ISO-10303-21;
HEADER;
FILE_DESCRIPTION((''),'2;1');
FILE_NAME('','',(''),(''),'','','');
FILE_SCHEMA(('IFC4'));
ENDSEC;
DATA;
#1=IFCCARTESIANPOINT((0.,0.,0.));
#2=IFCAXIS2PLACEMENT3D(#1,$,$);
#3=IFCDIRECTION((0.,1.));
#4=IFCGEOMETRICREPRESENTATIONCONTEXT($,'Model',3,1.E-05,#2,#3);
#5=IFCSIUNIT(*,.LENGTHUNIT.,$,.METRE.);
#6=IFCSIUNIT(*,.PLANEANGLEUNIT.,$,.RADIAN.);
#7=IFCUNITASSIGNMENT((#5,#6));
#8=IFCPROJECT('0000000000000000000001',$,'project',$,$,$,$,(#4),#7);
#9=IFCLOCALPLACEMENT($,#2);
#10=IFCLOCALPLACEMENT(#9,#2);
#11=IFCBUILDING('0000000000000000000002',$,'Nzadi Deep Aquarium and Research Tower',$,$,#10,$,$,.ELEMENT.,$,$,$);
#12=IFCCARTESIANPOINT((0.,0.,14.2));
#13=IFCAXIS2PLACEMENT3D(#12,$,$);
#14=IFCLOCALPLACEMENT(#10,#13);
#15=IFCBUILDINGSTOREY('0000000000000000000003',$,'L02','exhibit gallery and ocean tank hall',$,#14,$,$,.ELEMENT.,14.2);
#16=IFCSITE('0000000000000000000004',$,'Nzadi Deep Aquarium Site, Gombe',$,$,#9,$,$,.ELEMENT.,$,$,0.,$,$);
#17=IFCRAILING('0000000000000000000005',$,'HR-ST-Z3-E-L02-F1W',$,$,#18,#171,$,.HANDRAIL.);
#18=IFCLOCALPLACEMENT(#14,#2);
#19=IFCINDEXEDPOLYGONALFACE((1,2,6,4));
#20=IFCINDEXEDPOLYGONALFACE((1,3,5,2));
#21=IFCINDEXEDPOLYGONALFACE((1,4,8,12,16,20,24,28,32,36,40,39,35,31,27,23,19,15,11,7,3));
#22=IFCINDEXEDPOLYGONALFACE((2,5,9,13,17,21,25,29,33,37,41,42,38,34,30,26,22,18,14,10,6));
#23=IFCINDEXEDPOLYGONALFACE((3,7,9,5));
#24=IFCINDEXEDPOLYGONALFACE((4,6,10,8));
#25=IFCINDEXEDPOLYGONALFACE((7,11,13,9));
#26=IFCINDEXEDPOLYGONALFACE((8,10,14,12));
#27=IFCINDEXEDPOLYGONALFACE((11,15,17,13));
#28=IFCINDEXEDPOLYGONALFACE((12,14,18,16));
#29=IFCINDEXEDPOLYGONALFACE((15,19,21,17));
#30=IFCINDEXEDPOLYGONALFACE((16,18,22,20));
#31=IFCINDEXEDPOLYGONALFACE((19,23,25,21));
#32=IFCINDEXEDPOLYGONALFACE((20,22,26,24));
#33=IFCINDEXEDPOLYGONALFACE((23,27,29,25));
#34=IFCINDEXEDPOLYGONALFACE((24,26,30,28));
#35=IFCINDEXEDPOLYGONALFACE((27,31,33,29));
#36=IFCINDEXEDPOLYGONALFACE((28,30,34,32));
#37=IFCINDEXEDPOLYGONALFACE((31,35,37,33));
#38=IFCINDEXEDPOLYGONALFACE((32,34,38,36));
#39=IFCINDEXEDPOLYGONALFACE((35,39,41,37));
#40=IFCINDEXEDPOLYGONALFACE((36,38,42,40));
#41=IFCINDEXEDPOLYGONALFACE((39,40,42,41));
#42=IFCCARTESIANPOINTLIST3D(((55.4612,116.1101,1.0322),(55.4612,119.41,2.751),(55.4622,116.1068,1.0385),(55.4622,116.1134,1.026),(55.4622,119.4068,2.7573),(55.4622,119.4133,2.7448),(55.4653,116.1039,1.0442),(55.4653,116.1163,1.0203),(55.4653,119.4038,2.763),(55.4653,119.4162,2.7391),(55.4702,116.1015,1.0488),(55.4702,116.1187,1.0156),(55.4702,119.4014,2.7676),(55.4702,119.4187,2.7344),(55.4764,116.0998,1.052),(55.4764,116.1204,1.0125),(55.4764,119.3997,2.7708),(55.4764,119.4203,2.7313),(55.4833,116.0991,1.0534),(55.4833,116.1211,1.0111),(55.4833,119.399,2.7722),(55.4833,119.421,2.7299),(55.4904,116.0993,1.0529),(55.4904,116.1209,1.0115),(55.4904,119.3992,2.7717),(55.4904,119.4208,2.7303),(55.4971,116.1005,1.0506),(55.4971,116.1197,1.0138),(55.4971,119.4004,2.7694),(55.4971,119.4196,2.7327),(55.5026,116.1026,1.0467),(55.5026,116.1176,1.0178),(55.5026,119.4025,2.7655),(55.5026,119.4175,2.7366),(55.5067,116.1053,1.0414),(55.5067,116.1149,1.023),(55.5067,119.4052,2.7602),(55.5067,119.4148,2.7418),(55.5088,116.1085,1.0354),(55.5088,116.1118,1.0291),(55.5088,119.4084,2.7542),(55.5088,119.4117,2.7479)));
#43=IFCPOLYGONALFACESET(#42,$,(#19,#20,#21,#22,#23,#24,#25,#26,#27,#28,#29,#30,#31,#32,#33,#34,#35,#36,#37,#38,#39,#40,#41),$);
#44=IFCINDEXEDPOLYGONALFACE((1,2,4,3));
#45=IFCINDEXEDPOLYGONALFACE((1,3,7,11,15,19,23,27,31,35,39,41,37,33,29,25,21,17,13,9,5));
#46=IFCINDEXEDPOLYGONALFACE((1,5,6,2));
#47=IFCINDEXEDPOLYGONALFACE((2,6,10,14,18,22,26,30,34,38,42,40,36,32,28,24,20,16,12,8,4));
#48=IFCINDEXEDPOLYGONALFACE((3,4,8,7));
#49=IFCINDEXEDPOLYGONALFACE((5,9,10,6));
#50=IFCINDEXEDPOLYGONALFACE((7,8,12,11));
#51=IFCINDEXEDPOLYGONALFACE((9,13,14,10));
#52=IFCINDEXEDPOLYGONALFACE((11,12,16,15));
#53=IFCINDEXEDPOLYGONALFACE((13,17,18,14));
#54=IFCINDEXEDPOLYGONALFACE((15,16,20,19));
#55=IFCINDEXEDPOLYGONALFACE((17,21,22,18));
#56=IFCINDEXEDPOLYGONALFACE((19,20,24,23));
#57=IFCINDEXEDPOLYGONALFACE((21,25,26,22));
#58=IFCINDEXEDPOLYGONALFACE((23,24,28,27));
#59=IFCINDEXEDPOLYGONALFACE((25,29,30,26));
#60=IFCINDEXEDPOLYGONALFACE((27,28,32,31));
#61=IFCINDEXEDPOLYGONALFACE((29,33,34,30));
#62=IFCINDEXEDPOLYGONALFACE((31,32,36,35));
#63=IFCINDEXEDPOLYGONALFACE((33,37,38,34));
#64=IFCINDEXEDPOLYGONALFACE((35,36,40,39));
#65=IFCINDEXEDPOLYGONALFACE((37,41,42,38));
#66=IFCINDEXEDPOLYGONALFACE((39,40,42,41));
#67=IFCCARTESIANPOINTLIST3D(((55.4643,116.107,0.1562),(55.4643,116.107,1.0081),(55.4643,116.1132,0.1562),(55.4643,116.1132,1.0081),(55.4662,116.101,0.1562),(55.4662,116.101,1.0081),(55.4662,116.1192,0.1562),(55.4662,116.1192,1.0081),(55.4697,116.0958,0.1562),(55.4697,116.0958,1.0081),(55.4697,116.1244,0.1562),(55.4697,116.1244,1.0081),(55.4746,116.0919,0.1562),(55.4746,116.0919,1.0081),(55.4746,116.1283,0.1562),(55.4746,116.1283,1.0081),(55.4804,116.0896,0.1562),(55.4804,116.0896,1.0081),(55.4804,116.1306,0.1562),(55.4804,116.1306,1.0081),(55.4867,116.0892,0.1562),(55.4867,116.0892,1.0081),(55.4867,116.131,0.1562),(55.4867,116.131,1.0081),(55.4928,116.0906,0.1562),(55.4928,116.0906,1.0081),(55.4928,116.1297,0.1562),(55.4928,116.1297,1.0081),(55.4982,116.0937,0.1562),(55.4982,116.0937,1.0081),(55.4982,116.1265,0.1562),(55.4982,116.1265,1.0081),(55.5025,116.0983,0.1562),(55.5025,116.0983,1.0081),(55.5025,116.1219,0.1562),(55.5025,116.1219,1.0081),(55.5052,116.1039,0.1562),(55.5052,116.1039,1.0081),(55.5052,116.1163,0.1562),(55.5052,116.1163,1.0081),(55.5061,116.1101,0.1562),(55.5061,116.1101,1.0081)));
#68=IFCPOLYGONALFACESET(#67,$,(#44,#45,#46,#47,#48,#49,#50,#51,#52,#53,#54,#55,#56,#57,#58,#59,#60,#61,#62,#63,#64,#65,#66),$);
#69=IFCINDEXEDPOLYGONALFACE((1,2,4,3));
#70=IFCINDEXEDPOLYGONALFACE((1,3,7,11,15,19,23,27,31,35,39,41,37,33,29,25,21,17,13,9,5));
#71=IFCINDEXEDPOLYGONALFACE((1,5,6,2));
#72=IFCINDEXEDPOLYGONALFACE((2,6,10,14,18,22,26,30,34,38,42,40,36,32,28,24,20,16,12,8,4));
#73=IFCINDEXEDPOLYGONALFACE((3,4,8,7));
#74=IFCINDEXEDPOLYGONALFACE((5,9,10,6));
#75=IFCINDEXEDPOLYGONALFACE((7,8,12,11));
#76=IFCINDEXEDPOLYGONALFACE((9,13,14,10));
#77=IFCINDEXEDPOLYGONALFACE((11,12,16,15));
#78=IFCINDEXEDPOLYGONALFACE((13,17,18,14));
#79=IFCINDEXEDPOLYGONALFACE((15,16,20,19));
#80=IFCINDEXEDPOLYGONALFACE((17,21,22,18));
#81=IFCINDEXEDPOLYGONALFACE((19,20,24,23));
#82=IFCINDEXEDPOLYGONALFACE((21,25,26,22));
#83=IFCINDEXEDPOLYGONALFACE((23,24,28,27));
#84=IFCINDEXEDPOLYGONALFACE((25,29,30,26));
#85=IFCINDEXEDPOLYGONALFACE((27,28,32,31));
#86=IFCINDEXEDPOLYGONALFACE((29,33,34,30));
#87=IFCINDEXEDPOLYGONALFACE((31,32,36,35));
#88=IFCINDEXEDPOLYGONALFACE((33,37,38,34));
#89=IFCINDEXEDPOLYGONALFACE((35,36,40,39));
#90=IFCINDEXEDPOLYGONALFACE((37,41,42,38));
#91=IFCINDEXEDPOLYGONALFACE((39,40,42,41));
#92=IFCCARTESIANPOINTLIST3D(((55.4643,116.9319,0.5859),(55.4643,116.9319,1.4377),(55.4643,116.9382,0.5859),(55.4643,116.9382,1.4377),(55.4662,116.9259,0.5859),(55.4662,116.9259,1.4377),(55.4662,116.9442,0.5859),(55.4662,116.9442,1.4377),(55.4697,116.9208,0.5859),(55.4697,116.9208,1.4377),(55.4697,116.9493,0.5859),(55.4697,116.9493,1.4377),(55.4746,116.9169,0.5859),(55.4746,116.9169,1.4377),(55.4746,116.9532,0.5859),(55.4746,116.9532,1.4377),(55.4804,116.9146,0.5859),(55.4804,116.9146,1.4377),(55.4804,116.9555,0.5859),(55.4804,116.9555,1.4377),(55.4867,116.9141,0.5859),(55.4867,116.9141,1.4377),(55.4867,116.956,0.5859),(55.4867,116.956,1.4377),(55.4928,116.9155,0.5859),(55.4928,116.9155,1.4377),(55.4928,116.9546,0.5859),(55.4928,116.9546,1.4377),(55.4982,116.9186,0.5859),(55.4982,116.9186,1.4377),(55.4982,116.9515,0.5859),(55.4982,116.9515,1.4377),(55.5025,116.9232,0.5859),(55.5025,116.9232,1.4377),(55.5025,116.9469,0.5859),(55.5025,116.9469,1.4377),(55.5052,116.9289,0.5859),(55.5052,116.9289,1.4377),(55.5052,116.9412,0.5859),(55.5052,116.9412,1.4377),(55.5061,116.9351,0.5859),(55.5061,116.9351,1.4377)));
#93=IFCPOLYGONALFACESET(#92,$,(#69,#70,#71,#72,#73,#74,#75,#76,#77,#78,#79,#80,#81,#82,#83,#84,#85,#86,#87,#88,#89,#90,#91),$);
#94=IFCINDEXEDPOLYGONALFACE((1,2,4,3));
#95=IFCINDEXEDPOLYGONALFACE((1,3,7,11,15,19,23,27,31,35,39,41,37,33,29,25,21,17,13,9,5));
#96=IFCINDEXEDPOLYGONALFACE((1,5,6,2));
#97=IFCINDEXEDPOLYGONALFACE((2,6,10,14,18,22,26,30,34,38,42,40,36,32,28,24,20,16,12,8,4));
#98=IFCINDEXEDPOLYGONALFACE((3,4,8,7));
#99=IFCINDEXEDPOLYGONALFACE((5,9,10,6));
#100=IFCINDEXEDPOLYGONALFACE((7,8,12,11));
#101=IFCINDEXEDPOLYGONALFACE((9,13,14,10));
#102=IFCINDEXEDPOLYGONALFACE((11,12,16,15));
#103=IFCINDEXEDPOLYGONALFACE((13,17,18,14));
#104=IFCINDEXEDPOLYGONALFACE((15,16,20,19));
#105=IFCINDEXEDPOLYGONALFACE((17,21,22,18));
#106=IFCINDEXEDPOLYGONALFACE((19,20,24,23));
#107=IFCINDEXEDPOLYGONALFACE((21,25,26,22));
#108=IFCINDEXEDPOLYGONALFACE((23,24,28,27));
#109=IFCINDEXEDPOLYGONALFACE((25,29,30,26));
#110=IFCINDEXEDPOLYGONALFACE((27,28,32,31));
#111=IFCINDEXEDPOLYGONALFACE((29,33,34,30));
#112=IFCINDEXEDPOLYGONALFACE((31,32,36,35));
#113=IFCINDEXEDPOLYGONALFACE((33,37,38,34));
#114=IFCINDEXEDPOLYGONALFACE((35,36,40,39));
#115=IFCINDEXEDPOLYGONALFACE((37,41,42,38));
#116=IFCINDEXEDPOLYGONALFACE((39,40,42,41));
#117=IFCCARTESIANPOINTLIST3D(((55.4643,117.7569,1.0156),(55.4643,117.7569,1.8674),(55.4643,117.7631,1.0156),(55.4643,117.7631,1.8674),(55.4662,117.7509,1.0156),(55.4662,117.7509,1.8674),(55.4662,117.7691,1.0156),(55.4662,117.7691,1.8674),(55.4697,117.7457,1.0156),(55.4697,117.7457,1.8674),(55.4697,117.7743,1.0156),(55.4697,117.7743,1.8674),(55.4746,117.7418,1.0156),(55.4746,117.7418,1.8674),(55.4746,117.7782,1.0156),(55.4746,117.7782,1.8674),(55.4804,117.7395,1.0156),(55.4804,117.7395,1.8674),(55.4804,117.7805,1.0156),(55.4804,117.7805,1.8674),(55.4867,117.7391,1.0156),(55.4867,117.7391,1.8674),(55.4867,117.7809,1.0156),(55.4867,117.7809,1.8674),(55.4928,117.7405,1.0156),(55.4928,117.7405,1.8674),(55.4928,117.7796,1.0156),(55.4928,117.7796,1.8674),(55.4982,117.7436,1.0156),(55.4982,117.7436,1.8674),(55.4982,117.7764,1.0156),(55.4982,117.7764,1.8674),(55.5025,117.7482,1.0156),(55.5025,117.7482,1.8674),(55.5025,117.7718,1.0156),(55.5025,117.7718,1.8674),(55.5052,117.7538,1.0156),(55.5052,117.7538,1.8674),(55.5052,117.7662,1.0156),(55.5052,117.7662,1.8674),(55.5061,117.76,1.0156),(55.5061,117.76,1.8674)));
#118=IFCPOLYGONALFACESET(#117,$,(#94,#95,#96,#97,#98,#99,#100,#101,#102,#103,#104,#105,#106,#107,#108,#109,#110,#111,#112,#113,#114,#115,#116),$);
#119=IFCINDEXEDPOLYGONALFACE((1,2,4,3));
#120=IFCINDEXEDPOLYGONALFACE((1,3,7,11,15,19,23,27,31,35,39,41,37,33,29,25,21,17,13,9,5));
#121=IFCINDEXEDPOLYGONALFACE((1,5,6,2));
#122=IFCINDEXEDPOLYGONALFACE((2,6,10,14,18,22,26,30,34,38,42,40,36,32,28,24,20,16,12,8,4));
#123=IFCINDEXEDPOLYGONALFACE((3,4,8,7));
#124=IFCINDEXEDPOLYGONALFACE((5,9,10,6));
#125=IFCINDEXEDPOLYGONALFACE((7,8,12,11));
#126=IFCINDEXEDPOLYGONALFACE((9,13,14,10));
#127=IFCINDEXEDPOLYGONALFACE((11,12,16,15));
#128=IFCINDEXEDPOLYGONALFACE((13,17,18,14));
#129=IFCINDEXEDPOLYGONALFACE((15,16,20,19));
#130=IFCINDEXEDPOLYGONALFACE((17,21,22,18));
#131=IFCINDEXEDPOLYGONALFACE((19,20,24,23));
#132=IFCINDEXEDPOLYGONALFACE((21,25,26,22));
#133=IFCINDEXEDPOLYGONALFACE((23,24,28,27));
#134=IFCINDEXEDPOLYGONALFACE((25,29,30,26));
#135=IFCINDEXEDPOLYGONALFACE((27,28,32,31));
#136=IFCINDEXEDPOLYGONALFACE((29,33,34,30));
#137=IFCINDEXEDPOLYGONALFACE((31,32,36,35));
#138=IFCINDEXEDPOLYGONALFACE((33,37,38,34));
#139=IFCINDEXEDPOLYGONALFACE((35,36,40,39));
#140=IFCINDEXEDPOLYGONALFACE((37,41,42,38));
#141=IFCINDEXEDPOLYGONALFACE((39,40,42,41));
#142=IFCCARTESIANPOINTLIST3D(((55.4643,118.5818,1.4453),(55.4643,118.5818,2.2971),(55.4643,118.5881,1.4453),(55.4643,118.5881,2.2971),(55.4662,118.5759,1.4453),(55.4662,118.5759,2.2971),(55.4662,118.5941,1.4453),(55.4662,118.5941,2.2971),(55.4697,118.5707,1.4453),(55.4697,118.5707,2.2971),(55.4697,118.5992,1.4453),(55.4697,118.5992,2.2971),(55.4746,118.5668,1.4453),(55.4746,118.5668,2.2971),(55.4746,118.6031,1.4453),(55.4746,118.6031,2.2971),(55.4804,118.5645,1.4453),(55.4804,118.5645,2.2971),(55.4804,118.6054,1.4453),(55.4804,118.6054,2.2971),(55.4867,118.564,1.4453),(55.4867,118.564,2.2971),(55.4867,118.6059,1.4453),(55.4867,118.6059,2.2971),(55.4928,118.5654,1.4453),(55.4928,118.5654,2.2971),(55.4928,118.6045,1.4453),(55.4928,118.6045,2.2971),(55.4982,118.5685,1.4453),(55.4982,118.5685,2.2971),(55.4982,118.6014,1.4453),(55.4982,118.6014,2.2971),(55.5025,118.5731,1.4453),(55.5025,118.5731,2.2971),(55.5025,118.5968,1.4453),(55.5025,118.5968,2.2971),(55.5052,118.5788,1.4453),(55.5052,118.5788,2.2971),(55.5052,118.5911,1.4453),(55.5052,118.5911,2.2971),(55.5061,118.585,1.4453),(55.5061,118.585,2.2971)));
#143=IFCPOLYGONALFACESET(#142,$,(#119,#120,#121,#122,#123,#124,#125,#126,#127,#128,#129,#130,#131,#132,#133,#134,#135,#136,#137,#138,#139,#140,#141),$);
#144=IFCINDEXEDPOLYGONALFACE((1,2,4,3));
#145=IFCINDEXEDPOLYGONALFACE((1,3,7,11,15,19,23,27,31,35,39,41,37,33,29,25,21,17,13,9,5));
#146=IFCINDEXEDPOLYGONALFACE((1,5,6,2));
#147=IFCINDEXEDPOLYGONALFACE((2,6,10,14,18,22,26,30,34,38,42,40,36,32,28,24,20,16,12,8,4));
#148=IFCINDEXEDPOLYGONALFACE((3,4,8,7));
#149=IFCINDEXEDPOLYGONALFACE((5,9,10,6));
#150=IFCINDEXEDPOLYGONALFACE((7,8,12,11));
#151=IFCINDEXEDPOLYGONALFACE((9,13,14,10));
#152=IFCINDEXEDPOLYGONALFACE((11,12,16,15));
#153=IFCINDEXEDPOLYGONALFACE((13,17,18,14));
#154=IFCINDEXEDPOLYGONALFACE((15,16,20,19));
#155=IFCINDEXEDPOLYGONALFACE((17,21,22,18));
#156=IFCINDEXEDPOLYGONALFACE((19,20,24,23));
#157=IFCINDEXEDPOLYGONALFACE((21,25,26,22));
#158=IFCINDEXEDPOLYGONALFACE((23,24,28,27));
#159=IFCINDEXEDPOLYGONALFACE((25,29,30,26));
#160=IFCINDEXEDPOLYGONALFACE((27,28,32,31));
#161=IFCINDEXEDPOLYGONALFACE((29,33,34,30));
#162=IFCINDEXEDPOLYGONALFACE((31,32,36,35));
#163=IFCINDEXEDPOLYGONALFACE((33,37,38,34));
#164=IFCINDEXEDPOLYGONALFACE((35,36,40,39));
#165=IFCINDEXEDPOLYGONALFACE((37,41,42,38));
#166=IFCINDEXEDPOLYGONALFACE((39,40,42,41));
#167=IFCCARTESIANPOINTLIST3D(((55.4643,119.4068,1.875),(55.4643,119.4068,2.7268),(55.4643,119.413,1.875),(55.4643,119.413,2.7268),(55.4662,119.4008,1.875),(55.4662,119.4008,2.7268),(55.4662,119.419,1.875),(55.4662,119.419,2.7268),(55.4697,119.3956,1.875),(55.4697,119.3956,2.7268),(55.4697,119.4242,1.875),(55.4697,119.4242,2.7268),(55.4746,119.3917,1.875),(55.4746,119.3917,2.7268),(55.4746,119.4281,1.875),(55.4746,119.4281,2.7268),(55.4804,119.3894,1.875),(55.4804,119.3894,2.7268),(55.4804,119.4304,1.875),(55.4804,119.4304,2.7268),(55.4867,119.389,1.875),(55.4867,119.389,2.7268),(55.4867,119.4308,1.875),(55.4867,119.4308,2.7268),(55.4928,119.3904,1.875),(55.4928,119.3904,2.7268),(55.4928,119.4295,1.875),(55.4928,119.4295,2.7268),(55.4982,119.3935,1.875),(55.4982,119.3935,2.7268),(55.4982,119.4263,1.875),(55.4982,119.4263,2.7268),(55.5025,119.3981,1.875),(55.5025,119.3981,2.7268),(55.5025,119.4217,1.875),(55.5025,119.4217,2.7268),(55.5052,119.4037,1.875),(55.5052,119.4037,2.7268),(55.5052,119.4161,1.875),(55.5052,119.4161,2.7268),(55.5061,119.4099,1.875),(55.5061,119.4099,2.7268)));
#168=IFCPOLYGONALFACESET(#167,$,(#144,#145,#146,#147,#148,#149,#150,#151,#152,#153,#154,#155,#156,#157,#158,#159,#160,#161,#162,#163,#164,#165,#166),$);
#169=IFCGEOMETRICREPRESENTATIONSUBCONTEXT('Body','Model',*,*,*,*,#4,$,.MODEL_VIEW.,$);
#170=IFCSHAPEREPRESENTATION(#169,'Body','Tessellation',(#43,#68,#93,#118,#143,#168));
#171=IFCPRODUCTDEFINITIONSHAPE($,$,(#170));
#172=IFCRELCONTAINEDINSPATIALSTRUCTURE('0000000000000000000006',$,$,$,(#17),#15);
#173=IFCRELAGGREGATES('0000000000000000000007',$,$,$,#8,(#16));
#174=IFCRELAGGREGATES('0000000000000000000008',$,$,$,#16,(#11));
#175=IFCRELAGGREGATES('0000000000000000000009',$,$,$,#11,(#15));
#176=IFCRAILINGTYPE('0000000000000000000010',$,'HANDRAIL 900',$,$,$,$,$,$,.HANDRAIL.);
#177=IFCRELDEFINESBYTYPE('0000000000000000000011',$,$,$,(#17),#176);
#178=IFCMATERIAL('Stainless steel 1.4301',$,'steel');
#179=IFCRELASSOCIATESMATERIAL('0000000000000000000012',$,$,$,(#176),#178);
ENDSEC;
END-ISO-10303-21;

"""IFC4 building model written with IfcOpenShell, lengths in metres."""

from ifc_helpers import new_model, si_unit, direction, frame, origin, origin_2d, place, context, subcontext, project, spatial, circle, extrude, material, type_object, element, save


model = new_model("IFC4")

# Units and contexts
model_context = context("Model", 3, precision=1e-05, world=origin(), true_north=direction((0.0, 1.0)))
body_context = subcontext(model_context, "Body", "Model", "MODEL_VIEW")
ifc_project = project(units=[si_unit("LENGTHUNIT", "METRE"), si_unit("PLANEANGLEUNIT", "RADIAN")], contexts=[model_context])

# Site, building, storey
site_placement = place(None, origin())
site = spatial("IfcSite", under=ifc_project, at=site_placement, Name="Nzadi Deep Aquarium Site, Gombe", CompositionType="ELEMENT", RefElevation=0.0)
building_placement = place(site_placement, origin())
building = spatial("IfcBuilding", under=site, at=building_placement, Name="Nzadi Deep Aquarium and Research Tower", CompositionType="ELEMENT")
storey_placement = place(building_placement, frame((0.0, 0.0, 14.2)))
storey = spatial("IfcBuildingStorey", under=building, at=storey_placement, Name="L02", Description="exhibit gallery and ocean tank hall", CompositionType="ELEMENT", Elevation=14.2)

# Railing
ifc_material_1 = material(Name="Stainless steel 1.4301", Category="steel")
railing_type = type_object("IfcRailingType", Name="HANDRAIL 900", PredefinedType="HANDRAIL", material=ifc_material_1)
for number, where, name in (
    (1, (55.4851, 116.1101, 0.1562), "HR-ST-Z3-E-L02-F1W"),
):
    element("IfcRailing", number, at=place(storey_placement, frame(where)), inside=storey, type_object=railing_type, Name=name, PredefinedType="HANDRAIL", context=body_context, shape_type="SweptSolid", body=[
        extrude(circle(Radius=0.0239, at=origin_2d()), frame((0.0, 0.0, 0.876), z_axis=(0.0, 0.886903, 0.461956), x_axis=(-1.0, 0.0, 0.0)), (0.0, 0.0, 1.0), 3.7207),
        extrude(circle(Radius=0.021, at=origin_2d()), origin(), (0.0, 0.0, 1.0), 0.8518),
        extrude(circle(Radius=0.021, at=origin_2d()), frame((0.0, 0.825, 0.4297)), (0.0, 0.0, 1.0), 0.8518),
        extrude(circle(Radius=0.021, at=origin_2d()), frame((0.0, 1.6499, 0.8594)), (0.0, 0.0, 1.0), 0.8518),
        extrude(circle(Radius=0.021, at=origin_2d()), frame((0.0, 2.4749, 1.2891)), (0.0, 0.0, 1.0), 0.8518),
        extrude(circle(Radius=0.021, at=origin_2d()), frame((0.0, 3.2998, 1.7188)), (0.0, 0.0, 1.0), 0.8518),
    ])

save(model, "model.ifc")
